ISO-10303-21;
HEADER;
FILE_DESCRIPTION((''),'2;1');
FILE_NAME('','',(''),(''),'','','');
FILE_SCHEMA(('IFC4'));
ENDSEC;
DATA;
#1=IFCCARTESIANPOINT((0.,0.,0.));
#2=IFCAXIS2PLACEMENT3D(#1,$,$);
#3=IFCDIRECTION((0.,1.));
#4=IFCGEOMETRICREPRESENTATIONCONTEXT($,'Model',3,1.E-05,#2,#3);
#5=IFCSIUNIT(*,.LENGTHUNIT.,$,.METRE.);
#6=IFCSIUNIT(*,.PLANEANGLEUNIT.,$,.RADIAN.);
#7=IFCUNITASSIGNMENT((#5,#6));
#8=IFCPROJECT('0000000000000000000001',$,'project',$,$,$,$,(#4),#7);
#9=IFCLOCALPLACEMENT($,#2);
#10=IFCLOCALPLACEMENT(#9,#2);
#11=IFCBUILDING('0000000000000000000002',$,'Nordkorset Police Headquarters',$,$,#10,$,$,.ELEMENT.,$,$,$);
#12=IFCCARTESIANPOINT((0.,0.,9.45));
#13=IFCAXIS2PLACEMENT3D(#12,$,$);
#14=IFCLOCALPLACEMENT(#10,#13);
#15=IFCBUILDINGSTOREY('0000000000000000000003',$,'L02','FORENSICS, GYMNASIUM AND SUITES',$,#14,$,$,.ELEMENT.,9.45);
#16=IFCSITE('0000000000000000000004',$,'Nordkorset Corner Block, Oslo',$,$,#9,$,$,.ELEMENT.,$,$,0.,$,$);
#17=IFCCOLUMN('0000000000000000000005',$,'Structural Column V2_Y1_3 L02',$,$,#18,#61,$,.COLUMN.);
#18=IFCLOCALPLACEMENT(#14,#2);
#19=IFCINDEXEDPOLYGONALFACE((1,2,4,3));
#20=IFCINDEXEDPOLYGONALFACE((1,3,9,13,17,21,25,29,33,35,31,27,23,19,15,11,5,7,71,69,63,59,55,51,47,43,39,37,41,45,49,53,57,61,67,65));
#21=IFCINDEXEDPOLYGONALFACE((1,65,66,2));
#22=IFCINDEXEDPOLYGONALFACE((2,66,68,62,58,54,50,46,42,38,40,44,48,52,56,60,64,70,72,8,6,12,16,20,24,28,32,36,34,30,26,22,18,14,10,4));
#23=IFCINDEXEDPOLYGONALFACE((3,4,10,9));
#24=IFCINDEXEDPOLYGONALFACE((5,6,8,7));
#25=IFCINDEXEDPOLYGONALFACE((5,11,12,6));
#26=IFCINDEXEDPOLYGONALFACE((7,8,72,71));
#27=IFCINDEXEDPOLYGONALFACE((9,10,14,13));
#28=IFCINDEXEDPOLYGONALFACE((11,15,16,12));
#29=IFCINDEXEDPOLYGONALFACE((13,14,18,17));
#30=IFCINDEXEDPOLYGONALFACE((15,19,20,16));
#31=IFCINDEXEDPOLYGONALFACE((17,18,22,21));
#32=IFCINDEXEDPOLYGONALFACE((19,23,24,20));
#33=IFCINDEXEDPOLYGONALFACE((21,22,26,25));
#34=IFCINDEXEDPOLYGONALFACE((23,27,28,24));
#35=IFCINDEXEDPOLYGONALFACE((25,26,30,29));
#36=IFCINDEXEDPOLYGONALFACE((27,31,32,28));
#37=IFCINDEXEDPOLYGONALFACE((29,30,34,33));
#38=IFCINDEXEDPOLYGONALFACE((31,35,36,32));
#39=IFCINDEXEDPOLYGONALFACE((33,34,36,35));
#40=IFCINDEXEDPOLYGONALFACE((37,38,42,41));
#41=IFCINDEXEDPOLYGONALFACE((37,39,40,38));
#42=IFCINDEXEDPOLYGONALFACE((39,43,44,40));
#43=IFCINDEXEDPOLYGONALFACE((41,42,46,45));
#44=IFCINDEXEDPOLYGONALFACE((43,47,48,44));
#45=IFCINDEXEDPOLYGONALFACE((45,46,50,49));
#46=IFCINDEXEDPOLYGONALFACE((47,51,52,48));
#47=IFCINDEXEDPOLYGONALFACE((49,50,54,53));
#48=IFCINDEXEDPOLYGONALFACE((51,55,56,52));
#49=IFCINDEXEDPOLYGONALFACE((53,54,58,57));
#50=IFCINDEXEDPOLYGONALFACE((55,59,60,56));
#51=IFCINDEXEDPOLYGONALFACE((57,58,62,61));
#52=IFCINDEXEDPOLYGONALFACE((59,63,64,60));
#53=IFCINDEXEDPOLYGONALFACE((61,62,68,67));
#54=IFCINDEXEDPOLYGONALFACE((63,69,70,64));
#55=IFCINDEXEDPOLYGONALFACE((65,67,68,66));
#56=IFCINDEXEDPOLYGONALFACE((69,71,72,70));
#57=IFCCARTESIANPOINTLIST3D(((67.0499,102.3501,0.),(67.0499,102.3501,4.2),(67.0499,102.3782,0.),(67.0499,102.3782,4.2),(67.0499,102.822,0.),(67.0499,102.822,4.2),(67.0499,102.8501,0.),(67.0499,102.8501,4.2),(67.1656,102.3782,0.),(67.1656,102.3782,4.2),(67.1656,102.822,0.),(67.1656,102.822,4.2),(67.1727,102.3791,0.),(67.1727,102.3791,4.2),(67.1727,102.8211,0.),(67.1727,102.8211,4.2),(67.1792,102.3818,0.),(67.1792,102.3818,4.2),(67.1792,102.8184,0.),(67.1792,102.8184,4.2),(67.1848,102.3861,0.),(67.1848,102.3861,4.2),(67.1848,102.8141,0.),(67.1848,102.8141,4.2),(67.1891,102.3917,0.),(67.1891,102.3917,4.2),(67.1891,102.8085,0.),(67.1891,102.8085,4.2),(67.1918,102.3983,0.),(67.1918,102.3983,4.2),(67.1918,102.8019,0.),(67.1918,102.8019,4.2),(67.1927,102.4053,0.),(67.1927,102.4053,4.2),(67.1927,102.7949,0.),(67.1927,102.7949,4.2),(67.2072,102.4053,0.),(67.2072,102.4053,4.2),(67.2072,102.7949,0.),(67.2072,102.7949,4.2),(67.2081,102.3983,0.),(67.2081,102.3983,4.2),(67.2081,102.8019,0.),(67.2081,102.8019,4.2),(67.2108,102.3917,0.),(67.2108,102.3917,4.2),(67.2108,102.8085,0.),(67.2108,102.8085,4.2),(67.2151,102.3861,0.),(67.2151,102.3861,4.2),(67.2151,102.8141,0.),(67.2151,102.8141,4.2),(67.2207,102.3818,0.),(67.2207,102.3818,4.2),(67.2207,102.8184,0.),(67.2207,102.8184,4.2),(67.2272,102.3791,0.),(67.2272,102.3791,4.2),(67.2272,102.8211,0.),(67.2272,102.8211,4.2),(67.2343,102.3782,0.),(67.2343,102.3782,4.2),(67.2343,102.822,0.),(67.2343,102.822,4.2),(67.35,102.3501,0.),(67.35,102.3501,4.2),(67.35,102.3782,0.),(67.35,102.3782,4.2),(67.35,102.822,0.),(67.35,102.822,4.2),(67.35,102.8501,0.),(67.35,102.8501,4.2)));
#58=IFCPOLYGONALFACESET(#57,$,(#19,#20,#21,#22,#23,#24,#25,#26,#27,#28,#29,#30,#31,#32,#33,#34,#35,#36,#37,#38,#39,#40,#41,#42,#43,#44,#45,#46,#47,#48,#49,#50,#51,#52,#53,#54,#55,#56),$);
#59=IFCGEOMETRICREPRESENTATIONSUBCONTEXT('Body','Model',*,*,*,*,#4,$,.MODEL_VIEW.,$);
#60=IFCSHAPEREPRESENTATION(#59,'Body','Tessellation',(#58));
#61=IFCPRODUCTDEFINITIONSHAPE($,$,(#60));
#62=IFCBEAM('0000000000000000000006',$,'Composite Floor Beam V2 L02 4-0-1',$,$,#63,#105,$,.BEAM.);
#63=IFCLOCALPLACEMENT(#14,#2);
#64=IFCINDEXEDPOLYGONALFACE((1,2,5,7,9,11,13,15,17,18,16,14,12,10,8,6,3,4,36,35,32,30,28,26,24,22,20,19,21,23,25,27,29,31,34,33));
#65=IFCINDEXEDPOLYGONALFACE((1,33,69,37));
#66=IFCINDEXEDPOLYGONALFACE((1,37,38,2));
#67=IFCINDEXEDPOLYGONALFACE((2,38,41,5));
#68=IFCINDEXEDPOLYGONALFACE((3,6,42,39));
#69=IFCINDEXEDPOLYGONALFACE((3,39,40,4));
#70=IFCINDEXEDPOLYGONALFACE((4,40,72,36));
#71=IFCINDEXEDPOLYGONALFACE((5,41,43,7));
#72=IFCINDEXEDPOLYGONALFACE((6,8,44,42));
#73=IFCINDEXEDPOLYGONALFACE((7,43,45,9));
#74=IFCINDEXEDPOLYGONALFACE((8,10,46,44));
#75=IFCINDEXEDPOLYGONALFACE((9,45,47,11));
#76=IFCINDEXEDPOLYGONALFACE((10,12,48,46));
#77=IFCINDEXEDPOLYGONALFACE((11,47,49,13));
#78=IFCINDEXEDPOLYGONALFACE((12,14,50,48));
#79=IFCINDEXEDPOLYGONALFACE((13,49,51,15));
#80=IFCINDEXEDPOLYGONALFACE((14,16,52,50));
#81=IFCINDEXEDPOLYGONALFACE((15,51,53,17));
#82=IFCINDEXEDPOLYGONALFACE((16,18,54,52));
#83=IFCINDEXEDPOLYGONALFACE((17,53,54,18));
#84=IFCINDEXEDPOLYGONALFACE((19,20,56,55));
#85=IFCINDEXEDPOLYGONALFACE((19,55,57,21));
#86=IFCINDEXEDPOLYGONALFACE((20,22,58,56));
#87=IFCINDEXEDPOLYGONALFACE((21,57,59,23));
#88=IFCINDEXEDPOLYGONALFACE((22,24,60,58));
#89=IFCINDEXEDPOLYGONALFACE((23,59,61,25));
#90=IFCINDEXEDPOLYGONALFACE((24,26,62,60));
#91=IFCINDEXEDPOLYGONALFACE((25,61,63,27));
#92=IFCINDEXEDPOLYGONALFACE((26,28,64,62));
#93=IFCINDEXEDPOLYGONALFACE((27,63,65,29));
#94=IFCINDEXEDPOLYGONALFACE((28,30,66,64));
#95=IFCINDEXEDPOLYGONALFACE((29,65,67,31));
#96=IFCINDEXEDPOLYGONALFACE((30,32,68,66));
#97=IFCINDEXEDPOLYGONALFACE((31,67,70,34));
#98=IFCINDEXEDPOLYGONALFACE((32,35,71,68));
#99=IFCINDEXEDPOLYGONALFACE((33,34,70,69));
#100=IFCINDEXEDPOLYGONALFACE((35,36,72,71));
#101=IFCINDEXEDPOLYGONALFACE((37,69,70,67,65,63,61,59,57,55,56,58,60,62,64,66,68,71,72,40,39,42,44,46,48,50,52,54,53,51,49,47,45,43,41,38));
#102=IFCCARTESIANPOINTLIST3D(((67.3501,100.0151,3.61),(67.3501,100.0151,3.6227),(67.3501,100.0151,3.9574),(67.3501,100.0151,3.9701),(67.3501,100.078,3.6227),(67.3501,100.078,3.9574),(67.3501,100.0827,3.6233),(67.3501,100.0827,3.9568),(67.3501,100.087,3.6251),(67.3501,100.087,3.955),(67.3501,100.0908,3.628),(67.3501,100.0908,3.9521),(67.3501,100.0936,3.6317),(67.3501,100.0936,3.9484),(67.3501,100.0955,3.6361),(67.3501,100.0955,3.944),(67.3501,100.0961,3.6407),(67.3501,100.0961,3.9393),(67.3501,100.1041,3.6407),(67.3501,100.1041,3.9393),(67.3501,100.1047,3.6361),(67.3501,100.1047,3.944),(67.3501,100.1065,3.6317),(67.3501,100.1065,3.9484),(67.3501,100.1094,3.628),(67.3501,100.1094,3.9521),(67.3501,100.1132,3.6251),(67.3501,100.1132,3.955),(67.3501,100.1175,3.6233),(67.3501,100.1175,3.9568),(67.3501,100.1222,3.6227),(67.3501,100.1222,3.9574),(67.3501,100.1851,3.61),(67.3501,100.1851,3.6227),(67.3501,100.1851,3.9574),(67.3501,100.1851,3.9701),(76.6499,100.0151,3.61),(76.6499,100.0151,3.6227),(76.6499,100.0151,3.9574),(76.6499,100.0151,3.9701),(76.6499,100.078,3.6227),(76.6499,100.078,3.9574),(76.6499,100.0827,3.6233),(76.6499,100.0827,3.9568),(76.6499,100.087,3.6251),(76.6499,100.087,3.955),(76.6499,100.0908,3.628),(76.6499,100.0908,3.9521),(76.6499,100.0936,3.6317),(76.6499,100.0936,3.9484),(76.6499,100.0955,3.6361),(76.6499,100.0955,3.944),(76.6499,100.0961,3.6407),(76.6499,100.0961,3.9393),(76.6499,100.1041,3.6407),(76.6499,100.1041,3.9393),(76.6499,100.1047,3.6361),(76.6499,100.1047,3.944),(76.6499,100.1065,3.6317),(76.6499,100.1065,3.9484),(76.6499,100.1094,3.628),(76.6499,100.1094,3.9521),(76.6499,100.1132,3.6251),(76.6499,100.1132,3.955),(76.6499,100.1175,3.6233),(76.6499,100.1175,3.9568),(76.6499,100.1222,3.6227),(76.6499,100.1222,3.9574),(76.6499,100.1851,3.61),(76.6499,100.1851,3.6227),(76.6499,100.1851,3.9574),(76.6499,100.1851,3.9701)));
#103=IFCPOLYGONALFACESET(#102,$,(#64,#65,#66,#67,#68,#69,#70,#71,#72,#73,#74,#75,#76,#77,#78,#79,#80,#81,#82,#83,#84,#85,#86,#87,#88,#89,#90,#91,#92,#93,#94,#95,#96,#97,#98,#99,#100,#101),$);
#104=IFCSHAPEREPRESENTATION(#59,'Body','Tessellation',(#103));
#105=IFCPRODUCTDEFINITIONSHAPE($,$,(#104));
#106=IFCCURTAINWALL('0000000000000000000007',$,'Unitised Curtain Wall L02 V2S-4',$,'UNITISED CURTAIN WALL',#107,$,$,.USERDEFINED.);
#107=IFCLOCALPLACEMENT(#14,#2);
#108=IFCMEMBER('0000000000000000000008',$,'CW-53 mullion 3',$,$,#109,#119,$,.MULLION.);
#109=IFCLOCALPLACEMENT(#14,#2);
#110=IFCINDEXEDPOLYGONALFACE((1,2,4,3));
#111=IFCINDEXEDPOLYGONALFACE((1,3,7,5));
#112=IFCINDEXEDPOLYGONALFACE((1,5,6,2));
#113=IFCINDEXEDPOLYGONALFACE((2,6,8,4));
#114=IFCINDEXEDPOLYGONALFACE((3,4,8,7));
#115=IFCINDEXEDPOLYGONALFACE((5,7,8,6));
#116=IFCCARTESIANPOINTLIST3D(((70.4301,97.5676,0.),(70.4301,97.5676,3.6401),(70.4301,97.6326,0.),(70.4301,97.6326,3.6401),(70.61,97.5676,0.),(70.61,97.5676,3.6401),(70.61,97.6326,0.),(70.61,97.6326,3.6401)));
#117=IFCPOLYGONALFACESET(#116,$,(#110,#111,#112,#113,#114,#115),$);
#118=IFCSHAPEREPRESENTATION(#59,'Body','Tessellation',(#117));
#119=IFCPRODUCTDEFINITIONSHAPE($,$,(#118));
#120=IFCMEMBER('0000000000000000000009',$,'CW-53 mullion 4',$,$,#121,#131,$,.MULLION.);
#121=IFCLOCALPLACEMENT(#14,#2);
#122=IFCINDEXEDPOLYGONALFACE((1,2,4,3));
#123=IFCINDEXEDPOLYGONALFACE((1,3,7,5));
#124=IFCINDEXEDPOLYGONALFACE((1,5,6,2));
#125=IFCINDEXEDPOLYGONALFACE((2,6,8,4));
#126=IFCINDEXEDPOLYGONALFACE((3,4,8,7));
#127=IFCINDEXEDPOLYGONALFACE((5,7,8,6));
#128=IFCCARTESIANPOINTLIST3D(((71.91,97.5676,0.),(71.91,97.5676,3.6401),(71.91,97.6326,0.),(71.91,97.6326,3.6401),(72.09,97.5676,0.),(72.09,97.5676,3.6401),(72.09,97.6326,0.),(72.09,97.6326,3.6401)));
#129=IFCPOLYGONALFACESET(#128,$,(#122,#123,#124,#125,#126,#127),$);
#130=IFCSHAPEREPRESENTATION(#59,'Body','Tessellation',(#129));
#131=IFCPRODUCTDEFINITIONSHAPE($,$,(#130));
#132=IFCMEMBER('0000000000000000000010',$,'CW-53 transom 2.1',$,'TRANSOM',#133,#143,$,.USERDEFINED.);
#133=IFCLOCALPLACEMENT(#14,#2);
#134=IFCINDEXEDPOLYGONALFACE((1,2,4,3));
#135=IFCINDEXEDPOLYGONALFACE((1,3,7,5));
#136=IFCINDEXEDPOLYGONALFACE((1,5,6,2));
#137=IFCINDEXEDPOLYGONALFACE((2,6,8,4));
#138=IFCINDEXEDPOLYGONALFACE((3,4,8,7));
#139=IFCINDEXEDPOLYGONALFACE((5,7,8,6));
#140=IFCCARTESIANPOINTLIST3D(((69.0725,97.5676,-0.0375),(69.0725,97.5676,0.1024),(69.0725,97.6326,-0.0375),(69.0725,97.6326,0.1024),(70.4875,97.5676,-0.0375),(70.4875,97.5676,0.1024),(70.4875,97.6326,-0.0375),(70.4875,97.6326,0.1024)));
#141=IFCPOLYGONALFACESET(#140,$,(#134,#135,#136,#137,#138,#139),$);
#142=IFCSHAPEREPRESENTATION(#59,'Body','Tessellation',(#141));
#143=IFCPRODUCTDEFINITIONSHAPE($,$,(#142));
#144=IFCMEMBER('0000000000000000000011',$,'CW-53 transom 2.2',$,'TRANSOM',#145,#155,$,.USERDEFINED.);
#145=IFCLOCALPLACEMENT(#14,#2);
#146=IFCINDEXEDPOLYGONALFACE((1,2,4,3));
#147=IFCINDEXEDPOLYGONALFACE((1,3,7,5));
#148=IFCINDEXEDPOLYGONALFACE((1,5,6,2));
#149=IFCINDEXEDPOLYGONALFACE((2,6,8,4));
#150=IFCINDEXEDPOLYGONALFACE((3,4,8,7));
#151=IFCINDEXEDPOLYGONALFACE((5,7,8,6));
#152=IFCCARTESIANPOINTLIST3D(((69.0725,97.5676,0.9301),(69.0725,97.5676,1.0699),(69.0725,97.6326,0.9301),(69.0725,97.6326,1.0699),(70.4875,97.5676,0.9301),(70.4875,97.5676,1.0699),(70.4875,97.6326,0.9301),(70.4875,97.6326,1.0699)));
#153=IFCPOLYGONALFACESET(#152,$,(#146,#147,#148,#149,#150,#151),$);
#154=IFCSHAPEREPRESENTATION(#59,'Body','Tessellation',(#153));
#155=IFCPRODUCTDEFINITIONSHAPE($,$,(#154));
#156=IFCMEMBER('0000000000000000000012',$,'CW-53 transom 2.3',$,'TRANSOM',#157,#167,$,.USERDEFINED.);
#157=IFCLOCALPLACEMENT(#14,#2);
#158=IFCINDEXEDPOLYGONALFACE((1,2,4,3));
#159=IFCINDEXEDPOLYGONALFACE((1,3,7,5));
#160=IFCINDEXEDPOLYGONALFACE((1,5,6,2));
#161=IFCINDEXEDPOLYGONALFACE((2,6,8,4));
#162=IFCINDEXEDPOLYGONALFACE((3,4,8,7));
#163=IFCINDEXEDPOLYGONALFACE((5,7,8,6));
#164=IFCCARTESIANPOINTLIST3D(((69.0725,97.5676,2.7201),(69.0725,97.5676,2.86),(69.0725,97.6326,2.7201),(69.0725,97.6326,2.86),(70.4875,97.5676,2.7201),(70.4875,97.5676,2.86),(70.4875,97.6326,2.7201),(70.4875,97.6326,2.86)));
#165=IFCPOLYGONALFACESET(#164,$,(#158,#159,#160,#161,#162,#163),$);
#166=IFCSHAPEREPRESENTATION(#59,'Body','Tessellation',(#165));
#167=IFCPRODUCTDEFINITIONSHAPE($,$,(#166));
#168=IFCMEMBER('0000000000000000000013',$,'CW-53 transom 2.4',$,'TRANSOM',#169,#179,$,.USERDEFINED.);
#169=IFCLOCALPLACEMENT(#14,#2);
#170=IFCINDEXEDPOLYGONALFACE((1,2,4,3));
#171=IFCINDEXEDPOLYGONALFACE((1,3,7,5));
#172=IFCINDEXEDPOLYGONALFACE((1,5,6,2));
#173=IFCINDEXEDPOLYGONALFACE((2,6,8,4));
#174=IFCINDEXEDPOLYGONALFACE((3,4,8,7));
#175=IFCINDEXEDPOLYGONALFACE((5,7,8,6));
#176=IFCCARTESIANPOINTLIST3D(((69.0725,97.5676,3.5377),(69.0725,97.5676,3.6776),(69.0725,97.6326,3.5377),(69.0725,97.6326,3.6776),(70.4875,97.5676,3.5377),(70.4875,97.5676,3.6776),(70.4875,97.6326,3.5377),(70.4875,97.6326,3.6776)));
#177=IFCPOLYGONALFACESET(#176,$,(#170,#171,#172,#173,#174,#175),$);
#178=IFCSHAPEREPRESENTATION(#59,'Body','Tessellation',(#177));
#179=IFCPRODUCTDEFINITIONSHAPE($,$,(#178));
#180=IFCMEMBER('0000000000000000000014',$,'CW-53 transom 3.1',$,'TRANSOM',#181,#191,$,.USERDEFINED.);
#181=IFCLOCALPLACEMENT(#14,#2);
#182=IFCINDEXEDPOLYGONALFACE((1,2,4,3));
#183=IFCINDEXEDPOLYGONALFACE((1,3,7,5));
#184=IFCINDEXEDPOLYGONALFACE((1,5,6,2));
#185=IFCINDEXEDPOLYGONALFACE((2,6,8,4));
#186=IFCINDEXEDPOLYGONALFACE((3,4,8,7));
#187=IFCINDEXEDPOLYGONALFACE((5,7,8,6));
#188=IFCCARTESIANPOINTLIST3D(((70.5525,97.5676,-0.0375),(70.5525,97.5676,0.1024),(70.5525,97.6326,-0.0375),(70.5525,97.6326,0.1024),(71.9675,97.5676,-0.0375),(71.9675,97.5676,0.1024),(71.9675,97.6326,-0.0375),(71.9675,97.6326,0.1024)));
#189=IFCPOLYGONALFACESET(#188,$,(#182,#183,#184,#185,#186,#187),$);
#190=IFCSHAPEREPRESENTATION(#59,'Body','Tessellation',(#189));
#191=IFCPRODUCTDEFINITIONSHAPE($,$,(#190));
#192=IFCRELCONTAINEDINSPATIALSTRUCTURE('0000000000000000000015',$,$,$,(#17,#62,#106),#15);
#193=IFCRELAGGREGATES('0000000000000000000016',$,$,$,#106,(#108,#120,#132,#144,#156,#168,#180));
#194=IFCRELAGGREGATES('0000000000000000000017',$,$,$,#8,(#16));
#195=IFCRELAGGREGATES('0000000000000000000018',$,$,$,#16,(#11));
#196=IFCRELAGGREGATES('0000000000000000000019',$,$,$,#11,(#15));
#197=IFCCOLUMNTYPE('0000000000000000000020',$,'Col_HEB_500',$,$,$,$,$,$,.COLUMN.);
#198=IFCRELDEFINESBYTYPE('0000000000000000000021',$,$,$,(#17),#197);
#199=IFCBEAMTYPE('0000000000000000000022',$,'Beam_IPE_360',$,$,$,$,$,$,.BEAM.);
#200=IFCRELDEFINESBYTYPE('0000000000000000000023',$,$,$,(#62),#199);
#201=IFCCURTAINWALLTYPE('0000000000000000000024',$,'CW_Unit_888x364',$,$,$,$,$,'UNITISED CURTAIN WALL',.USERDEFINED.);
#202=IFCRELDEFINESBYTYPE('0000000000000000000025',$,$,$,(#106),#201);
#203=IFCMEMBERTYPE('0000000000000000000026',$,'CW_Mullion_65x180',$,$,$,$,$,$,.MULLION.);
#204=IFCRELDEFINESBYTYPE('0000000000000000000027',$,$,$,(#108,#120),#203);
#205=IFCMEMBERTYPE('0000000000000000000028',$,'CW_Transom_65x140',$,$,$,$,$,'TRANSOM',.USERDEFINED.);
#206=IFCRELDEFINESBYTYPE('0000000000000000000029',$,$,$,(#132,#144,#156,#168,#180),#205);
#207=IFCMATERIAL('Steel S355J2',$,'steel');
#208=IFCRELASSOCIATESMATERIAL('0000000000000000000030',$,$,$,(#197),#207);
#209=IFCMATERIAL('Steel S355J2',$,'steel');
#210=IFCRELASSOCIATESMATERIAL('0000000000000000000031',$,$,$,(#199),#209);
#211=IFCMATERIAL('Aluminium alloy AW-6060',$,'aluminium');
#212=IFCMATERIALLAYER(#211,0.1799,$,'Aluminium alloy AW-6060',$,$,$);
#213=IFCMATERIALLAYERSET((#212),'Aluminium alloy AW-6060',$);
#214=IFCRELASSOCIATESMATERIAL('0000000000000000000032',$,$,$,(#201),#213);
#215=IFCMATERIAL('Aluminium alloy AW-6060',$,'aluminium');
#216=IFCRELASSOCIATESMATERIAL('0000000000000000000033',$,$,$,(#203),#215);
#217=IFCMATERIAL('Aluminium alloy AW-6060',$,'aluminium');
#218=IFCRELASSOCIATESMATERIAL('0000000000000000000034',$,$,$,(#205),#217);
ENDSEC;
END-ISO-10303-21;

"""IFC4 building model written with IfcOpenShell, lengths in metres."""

from ifc_helpers import new_model, si_unit, direction, frame, origin, origin_2d, place, context, subcontext, project, spatial, rectangle, i_section, extrude, material, layer, layer_set, material_profile, profile_set, type_object, element, aggregate, save


model = new_model("IFC4")

# Units and contexts
model_context = context("Model", 3, precision=1e-05, world=origin(), true_north=direction((0.0, 1.0)))
body_context = subcontext(model_context, "Body", "Model", "MODEL_VIEW")
ifc_project = project(units=[si_unit("LENGTHUNIT", "METRE"), si_unit("PLANEANGLEUNIT", "RADIAN")], contexts=[model_context])

# Site, building, storey
site_placement = place(None, origin())
site = spatial("IfcSite", under=ifc_project, at=site_placement, Name="Nordkorset Corner Block, Oslo", CompositionType="ELEMENT", RefElevation=0.0)
building_placement = place(site_placement, origin())
building = spatial("IfcBuilding", under=site, at=building_placement, Name="Nordkorset Police Headquarters", CompositionType="ELEMENT")
storey_placement = place(building_placement, frame((0.0, 0.0, 9.45)))
storey = spatial("IfcBuildingStorey", under=building, at=storey_placement, Name="L02", Description="FORENSICS, GYMNASIUM AND SUITES", CompositionType="ELEMENT", Elevation=9.45)

# Column
ifc_material_1 = material(Name="Steel S355J2", Category="steel")
ifc_material_profile_1 = material_profile(ifc_material_1, i_section(OverallWidth=0.3, OverallDepth=0.5, WebThickness=0.0144, FlangeThickness=0.0281, FilletRadius=0.0271, at=origin_2d()), Name="HEB 500")
ifc_profile_set_1 = profile_set([ifc_material_profile_1], Name="Steel S355J2")
column_type = type_object("IfcColumnType", Name="Col_HEB_500", PredefinedType="COLUMN", material=ifc_profile_set_1)
column_placement = place(storey_placement, frame((67.2, 102.6001, 0.0), z_axis=(0.0, 0.0, 1.0), x_axis=(1.0, 0.0, 0.0)))
element("IfcColumn", 1, at=column_placement, inside=storey, type_object=column_type, Name="Structural Column V2_Y1_3 L02", PredefinedType="COLUMN", context=body_context, shape_type="SweptSolid", body=[
    extrude(i_section(OverallWidth=0.3, OverallDepth=0.5, WebThickness=0.0144, FlangeThickness=0.0281, FilletRadius=0.0271, at=origin_2d()), origin(), (0.0, 0.0, 1.0), 4.2),
])

# Beam
ifc_material_2 = material(Name="Steel S355J2", Category="steel")
ifc_material_profile_2 = material_profile(ifc_material_2, i_section(OverallWidth=0.1699, OverallDepth=0.3601, WebThickness=0.0081, FlangeThickness=0.0127, FilletRadius=0.0181, at=origin_2d()), Name="IPE 360")
ifc_profile_set_2 = profile_set([ifc_material_profile_2], Name="Steel S355J2")
beam_type_1 = type_object("IfcBeamType", Name="Beam_IPE_360", PredefinedType="BEAM", material=ifc_profile_set_2)
beam_1_placement = place(storey_placement, frame((67.3501, 100.1001, 3.79), z_axis=(1.0, 0.0, 0.0), x_axis=(0.0, 1.0, 0.0)))
element("IfcBeam", 2, at=beam_1_placement, inside=storey, type_object=beam_type_1, Name="Composite Floor Beam V2 L02 4-0-1", PredefinedType="BEAM", context=body_context, shape_type="SweptSolid", body=[
    extrude(i_section(OverallWidth=0.1699, OverallDepth=0.3601, WebThickness=0.0081, FlangeThickness=0.0127, FilletRadius=0.0181, at=origin_2d()), origin(), (0.0, 0.0, 1.0), 9.2998),
])

# Curtain wall, members
ifc_material_3 = material(Name="Aluminium alloy AW-6060", Category="aluminium")
ifc_layer_1 = layer(ifc_material_3, 0.1799, Name="Aluminium alloy AW-6060")
ifc_layer_set_1 = layer_set([ifc_layer_1], Name="Aluminium alloy AW-6060")
curtain_wall_type = type_object("IfcCurtainWallType", Name="CW_Unit_888x364", ElementType="UNITISED CURTAIN WALL", PredefinedType="USERDEFINED", material=ifc_layer_set_1)
curtain_wall_placement = place(storey_placement, origin())
curtain_wall = element("IfcCurtainWall", 3, at=curtain_wall_placement, inside=storey, type_object=curtain_wall_type, Name="Unitised Curtain Wall L02 V2S-4", ObjectType="UNITISED CURTAIN WALL", PredefinedType="USERDEFINED")
ifc_material_4 = material(Name="Aluminium alloy AW-6060", Category="aluminium")
ifc_material_profile_3 = material_profile(ifc_material_4, rectangle(XDim=0.0649, YDim=0.1799, at=origin_2d()), Name="ALU MULL 65x180")
ifc_profile_set_3 = profile_set([ifc_material_profile_3], Name="Aluminium alloy AW-6060")
member_type_1 = type_object("IfcMemberType", Name="CW_Mullion_65x180", PredefinedType="MULLION", material=ifc_profile_set_3)
member_1_placement = place(storey_placement, frame((70.52, 97.6001, 0.0), z_axis=(0.0, 0.0, 1.0), x_axis=(0.0, 1.0, 0.0)))
member_1 = element("IfcMember", 4, at=member_1_placement, type_object=member_type_1, Name="CW-53 mullion 3", PredefinedType="MULLION", context=body_context, shape_type="SweptSolid", body=[
    extrude(rectangle(XDim=0.0649, YDim=0.1799, at=origin_2d()), origin(), (0.0, 0.0, 1.0), 3.6401),
])
member_2_placement = place(storey_placement, frame((72.0, 97.6001, 0.0), z_axis=(0.0, 0.0, 1.0), x_axis=(0.0, 1.0, 0.0)))
member_2 = element("IfcMember", 5, at=member_2_placement, type_object=member_type_1, Name="CW-53 mullion 4", PredefinedType="MULLION", context=body_context, shape_type="SweptSolid", body=[
    extrude(rectangle(XDim=0.0649, YDim=0.1799, at=origin_2d()), origin(), (0.0, 0.0, 1.0), 3.6401),
])
ifc_material_5 = material(Name="Aluminium alloy AW-6060", Category="aluminium")
ifc_material_profile_4 = material_profile(ifc_material_5, rectangle(XDim=0.0649, YDim=0.1399, at=origin_2d()), Name="ALU TRAN 65x140")
ifc_profile_set_4 = profile_set([ifc_material_profile_4], Name="Aluminium alloy AW-6060")
member_type_2 = type_object("IfcMemberType", Name="CW_Transom_65x140", ElementType="TRANSOM", PredefinedType="USERDEFINED", material=ifc_profile_set_4)
member_3_placement = place(storey_placement, frame((69.0725, 97.6001, 0.0325), z_axis=(1.0, 0.0, 0.0), x_axis=(0.0, 1.0, 0.0)))
member_3 = element("IfcMember", 6, at=member_3_placement, type_object=member_type_2, Name="CW-53 transom 2.1", ObjectType="TRANSOM", PredefinedType="USERDEFINED", context=body_context, shape_type="SweptSolid", body=[
    extrude(rectangle(XDim=0.0649, YDim=0.1399, at=origin_2d()), origin(), (0.0, 0.0, 1.0), 1.415),
])
member_4_placement = place(storey_placement, frame((69.0725, 97.6001, 1.0), z_axis=(1.0, 0.0, 0.0), x_axis=(0.0, 1.0, 0.0)))
member_4 = element("IfcMember", 7, at=member_4_placement, type_object=member_type_2, Name="CW-53 transom 2.2", ObjectType="TRANSOM", PredefinedType="USERDEFINED", context=body_context, shape_type="SweptSolid", body=[
    extrude(rectangle(XDim=0.0649, YDim=0.1399, at=origin_2d()), origin(), (0.0, 0.0, 1.0), 1.415),
])
member_5_placement = place(storey_placement, frame((69.0725, 97.6001, 2.79), z_axis=(1.0, 0.0, 0.0), x_axis=(0.0, 1.0, 0.0)))
member_5 = element("IfcMember", 8, at=member_5_placement, type_object=member_type_2, Name="CW-53 transom 2.3", ObjectType="TRANSOM", PredefinedType="USERDEFINED", context=body_context, shape_type="SweptSolid", body=[
    extrude(rectangle(XDim=0.0649, YDim=0.1399, at=origin_2d()), origin(), (0.0, 0.0, 1.0), 1.415),
])
member_6_placement = place(storey_placement, frame((69.0725, 97.6001, 3.6077), z_axis=(1.0, 0.0, 0.0), x_axis=(0.0, 1.0, 0.0)))
member_6 = element("IfcMember", 9, at=member_6_placement, type_object=member_type_2, Name="CW-53 transom 2.4", ObjectType="TRANSOM", PredefinedType="USERDEFINED", context=body_context, shape_type="SweptSolid", body=[
    extrude(rectangle(XDim=0.0649, YDim=0.1399, at=origin_2d()), origin(), (0.0, 0.0, 1.0), 1.415),
])
member_7_placement = place(storey_placement, frame((70.5525, 97.6001, 0.0325), z_axis=(1.0, 0.0, 0.0), x_axis=(0.0, 1.0, 0.0)))
member_7 = element("IfcMember", 10, at=member_7_placement, type_object=member_type_2, Name="CW-53 transom 3.1", ObjectType="TRANSOM", PredefinedType="USERDEFINED", context=body_context, shape_type="SweptSolid", body=[
    extrude(rectangle(XDim=0.0649, YDim=0.1399, at=origin_2d()), origin(), (0.0, 0.0, 1.0), 1.415),
])

aggregate(curtain_wall, [member_1, member_2, member_3, member_4, member_5, member_6, member_7])

save(model, "model.ifc")
